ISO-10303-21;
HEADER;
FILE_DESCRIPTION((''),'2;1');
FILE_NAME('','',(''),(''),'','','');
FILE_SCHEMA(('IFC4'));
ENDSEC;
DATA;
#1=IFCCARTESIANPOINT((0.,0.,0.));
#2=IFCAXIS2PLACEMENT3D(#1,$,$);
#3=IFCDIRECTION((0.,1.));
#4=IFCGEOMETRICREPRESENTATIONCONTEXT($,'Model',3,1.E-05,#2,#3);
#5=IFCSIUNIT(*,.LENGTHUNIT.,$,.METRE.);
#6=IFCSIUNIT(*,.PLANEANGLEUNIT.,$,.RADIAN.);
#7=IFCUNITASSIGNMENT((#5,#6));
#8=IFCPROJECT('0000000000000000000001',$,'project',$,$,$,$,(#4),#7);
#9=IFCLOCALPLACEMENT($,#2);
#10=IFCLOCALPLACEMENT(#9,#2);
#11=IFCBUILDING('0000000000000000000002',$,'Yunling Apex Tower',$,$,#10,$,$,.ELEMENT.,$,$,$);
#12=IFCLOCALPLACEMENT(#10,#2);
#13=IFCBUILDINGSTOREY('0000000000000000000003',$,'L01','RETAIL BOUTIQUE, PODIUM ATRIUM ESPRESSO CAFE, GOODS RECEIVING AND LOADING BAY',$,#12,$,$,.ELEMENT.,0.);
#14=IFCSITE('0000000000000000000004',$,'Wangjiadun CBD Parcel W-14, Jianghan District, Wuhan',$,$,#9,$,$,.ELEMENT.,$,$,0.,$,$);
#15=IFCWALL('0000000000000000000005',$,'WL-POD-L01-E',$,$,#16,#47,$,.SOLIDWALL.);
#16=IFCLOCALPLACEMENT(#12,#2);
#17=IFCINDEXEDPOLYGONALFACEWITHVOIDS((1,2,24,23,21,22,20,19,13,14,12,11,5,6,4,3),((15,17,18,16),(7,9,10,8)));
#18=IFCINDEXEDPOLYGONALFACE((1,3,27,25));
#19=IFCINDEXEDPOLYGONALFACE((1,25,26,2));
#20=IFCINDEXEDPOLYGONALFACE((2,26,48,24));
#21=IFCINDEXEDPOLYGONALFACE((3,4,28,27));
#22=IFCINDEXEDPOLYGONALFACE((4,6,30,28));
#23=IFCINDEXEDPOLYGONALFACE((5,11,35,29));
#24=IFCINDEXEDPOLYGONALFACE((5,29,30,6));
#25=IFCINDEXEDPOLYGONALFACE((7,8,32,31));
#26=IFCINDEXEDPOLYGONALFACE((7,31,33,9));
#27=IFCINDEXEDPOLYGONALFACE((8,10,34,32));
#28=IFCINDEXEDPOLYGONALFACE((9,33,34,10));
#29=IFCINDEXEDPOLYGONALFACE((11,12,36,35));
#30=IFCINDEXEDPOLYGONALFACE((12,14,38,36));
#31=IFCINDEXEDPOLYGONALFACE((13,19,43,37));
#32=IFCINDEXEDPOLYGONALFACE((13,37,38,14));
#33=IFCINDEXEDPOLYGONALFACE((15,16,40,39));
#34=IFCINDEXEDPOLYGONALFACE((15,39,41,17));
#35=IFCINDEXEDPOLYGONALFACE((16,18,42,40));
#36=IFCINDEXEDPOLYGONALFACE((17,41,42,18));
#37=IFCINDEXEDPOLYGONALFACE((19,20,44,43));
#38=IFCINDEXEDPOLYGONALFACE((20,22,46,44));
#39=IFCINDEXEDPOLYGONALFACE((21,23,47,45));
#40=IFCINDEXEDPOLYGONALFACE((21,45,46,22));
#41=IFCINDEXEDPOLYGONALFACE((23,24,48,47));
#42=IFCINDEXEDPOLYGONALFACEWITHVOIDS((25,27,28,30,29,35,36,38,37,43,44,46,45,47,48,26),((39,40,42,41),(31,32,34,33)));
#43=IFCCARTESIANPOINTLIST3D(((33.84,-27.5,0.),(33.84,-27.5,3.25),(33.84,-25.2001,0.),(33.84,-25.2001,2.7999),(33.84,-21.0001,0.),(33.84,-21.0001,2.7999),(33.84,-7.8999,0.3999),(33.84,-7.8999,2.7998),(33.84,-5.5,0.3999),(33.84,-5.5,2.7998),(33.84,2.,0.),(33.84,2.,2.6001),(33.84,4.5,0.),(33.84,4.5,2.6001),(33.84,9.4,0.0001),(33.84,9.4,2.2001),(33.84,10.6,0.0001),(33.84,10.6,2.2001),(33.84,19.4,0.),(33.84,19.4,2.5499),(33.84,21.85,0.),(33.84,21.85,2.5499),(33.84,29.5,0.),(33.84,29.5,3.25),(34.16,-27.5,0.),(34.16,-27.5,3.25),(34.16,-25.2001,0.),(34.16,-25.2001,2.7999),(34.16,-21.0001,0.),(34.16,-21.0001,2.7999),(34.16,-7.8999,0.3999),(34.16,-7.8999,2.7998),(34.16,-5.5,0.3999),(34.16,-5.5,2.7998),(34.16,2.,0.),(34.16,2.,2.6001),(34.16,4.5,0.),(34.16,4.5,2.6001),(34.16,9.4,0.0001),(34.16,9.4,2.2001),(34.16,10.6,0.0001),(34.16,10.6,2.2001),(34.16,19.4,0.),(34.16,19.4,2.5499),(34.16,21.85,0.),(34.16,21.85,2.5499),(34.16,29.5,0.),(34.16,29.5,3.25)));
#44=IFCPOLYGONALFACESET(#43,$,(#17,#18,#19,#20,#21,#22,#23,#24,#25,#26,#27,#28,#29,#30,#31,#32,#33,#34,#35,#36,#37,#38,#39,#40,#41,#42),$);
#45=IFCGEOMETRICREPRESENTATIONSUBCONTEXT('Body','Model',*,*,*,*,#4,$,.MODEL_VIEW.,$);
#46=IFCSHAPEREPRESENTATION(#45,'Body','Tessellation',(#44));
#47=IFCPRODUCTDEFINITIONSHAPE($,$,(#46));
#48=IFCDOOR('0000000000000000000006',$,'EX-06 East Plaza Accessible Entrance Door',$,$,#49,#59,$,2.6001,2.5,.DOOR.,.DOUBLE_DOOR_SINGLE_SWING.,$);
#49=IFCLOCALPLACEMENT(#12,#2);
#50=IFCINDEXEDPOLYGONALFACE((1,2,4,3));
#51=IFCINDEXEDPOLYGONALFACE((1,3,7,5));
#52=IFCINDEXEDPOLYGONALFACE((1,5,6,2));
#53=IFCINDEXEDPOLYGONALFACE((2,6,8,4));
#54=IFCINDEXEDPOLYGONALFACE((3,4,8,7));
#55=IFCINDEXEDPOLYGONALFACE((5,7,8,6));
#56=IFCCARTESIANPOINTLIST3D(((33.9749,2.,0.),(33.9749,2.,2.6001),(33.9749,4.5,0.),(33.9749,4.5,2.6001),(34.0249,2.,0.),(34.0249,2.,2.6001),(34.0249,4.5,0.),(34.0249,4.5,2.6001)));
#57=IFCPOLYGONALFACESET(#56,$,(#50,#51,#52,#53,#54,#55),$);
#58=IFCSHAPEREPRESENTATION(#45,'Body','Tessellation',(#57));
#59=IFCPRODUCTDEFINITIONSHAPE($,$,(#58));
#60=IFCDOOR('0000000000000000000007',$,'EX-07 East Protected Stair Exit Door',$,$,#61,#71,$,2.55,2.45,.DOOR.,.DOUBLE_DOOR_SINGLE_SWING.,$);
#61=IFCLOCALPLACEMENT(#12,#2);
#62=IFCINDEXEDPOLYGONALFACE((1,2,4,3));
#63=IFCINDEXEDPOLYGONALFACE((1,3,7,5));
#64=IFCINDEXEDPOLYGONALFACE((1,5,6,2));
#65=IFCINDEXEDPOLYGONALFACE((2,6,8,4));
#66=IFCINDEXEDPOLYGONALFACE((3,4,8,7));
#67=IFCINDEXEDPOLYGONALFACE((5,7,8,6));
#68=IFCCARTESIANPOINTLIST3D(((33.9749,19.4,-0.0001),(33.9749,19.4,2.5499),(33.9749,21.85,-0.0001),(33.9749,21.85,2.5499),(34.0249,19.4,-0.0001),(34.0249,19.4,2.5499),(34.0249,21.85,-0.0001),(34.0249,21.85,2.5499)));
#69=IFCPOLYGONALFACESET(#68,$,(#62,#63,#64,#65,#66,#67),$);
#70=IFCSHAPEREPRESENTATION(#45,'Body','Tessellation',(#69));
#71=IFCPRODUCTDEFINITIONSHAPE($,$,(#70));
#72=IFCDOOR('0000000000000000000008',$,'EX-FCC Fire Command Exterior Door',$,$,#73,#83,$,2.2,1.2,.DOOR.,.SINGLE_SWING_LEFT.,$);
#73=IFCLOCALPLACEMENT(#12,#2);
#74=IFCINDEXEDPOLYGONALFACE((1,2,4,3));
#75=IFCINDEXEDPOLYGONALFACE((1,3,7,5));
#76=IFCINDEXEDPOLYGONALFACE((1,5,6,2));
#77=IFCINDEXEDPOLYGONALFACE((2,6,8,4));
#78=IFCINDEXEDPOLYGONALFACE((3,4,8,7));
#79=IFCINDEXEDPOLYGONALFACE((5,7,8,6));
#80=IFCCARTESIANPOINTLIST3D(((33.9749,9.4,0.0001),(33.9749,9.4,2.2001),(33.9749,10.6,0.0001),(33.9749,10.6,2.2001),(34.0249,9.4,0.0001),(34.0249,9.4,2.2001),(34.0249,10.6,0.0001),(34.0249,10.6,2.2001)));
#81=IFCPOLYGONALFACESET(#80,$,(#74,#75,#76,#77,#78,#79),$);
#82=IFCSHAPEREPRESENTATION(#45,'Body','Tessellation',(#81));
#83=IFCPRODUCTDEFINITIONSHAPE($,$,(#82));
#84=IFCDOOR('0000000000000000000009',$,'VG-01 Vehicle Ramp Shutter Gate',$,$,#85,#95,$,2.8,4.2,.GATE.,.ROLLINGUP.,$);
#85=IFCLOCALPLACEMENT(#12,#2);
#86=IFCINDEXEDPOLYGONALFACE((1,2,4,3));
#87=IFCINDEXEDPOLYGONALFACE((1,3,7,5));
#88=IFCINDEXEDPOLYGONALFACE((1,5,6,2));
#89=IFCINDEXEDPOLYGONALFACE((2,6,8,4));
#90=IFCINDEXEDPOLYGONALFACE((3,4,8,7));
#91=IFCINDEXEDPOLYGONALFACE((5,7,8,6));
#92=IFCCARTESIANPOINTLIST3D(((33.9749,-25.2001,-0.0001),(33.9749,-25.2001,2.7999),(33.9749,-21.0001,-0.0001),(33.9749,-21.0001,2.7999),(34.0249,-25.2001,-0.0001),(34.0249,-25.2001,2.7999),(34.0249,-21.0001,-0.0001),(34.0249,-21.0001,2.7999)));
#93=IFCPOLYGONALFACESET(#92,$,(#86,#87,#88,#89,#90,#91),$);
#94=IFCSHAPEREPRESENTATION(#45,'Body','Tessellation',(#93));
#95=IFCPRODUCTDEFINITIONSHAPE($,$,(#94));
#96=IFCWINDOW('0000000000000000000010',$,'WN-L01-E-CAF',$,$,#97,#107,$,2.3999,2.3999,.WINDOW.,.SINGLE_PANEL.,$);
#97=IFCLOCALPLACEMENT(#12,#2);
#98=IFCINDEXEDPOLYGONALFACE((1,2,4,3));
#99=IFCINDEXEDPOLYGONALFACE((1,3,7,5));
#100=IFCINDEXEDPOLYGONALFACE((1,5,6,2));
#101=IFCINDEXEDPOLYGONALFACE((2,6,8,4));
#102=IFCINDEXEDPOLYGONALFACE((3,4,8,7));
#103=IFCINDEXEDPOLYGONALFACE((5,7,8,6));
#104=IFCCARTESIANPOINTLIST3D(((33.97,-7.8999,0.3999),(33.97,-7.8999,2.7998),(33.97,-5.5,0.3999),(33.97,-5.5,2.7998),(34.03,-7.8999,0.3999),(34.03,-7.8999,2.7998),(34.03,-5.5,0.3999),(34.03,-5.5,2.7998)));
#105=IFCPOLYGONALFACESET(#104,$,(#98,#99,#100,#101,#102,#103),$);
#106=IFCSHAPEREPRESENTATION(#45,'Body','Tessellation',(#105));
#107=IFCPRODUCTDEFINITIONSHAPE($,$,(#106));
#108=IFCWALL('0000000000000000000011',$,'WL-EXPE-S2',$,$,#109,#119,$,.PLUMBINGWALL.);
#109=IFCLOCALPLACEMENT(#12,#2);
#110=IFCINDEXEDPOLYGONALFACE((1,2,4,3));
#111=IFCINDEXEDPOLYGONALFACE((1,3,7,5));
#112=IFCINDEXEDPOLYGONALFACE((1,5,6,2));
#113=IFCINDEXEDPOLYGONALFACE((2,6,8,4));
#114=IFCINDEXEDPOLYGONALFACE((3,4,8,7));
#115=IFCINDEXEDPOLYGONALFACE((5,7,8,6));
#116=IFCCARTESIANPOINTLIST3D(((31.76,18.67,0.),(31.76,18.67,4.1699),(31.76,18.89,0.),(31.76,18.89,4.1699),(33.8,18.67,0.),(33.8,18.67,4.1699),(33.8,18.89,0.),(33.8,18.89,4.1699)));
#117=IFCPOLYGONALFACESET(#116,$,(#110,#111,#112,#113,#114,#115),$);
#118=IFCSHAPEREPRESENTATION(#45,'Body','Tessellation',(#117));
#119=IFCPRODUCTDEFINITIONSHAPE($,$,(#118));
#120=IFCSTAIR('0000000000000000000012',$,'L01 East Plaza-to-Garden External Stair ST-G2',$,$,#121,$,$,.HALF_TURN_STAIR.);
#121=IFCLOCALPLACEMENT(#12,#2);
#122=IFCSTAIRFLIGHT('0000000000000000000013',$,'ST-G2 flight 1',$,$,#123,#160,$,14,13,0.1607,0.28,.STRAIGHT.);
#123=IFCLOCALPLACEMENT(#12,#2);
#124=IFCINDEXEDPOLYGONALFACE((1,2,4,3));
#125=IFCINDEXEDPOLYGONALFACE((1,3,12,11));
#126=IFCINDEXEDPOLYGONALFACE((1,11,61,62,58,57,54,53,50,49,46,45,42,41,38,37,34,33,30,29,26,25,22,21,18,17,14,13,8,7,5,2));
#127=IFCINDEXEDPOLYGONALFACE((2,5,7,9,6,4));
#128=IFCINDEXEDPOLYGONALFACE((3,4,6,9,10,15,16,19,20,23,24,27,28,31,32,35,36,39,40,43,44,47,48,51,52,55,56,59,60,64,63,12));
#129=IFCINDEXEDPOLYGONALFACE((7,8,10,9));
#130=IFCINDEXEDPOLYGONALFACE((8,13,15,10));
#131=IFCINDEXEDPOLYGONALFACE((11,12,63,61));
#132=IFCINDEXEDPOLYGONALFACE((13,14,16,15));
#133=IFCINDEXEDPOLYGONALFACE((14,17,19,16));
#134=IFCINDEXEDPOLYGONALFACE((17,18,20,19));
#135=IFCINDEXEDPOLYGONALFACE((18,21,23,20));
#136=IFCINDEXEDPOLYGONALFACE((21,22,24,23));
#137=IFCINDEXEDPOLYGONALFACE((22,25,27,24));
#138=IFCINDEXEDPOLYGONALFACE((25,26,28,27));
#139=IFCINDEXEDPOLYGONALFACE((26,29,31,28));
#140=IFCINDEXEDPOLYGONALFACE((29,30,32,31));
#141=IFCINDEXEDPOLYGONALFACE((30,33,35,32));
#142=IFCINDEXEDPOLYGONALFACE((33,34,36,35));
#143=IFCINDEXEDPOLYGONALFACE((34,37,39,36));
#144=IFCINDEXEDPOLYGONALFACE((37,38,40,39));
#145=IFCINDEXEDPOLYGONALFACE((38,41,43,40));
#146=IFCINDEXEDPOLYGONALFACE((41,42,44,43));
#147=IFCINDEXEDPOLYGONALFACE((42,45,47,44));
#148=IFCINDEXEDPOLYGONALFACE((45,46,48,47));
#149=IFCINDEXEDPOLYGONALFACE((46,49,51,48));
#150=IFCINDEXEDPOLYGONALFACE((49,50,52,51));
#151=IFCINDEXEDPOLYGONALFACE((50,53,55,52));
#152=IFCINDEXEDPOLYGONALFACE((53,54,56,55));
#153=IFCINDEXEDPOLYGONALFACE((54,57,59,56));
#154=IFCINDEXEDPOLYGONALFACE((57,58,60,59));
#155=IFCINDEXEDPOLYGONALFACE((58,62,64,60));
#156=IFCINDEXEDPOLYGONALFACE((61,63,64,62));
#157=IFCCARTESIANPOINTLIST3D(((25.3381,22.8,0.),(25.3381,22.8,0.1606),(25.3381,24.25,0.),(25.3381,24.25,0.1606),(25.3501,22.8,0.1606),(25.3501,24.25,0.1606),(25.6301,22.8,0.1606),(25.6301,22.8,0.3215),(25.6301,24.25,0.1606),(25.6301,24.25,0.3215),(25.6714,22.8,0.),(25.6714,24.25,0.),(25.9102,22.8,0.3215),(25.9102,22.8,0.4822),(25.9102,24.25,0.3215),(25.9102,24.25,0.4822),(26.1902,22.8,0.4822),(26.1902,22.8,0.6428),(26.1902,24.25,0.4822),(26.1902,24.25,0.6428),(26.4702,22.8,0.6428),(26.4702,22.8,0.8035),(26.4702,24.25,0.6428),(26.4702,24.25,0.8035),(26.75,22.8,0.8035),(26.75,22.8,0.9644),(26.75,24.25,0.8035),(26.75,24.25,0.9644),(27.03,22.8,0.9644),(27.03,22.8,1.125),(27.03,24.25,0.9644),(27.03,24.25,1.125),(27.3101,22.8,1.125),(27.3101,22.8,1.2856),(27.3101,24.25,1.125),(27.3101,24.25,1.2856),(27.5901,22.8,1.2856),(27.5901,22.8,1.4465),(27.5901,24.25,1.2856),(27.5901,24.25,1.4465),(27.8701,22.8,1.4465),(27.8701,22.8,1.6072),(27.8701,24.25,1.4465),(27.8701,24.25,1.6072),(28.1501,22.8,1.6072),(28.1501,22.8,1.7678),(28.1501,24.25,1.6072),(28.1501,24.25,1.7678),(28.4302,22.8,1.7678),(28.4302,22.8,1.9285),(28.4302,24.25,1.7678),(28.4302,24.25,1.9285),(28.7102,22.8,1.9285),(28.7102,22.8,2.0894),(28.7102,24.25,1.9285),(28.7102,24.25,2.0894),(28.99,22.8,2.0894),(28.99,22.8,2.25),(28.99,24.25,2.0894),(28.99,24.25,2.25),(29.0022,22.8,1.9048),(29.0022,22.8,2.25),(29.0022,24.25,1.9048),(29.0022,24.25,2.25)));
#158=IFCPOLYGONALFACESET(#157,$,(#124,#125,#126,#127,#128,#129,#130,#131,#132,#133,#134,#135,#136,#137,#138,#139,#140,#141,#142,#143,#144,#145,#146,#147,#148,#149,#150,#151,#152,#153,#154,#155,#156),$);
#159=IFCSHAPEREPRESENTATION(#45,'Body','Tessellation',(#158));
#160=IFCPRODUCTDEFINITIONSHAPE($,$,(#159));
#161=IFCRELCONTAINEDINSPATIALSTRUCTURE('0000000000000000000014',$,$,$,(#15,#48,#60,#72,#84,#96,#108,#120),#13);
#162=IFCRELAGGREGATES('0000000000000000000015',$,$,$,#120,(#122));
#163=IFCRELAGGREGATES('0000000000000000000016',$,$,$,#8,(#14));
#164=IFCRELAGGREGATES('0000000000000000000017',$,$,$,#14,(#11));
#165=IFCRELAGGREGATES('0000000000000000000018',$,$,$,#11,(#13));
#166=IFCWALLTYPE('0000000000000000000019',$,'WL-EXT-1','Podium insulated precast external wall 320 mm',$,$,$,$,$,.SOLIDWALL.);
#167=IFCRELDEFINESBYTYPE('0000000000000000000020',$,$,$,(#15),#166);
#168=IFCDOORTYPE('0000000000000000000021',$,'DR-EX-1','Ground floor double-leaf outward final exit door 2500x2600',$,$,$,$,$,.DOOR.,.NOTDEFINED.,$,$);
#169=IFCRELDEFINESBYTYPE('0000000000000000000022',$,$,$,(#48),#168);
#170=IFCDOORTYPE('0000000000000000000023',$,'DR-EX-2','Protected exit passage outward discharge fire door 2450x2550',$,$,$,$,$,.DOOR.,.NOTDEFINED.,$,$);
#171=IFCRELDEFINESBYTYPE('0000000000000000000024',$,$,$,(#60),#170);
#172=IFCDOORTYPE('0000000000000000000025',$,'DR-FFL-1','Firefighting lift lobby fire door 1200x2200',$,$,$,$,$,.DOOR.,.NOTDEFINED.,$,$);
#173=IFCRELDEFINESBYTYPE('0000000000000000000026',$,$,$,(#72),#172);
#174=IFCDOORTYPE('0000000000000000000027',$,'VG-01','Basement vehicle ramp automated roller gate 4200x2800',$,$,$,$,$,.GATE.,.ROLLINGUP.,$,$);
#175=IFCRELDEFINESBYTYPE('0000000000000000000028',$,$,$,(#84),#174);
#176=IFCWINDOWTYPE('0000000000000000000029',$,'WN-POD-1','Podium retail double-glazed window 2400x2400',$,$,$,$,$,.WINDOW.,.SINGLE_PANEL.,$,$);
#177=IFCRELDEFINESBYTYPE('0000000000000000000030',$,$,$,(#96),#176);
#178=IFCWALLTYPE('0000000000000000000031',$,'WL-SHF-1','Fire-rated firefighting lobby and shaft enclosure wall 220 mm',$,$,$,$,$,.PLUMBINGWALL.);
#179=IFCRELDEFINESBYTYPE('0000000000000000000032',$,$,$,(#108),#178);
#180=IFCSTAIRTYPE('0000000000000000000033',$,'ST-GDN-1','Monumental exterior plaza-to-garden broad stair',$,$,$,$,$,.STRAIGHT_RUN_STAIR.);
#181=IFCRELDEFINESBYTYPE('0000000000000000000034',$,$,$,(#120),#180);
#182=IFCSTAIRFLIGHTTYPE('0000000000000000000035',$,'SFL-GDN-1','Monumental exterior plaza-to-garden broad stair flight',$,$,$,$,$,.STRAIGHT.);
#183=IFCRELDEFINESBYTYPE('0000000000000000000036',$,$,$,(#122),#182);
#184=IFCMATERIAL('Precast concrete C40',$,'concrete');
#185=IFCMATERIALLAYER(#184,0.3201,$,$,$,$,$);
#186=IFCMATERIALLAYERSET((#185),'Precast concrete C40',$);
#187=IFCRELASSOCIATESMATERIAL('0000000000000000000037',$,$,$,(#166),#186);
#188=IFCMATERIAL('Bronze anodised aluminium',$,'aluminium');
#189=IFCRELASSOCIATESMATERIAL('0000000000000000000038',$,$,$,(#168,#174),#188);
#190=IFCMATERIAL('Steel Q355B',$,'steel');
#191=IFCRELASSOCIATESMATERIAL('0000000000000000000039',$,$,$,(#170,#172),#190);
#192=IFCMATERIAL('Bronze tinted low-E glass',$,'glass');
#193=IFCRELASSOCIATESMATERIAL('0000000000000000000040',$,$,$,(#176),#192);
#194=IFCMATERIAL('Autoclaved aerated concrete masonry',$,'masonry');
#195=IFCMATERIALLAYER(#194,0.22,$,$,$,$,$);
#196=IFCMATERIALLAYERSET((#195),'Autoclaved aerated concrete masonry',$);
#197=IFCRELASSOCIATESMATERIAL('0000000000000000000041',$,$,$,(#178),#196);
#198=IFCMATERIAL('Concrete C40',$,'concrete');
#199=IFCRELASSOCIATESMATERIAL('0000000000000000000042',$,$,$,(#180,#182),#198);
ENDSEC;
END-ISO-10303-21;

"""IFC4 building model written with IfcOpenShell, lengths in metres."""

from ifc_helpers import new_model, si_unit, direction, frame, frame_2d, origin, place, context, subcontext, project, spatial, polyline, rectangle, outline, extrude, material, layer, layer_set, type_object, element, fill, aggregate, save


model = new_model("IFC4")

# Units and contexts
model_context = context("Model", 3, precision=1e-05, world=origin(), true_north=direction((0.0, 1.0)))
body_context = subcontext(model_context, "Body", "Model", "MODEL_VIEW")
ifc_project = project(units=[si_unit("LENGTHUNIT", "METRE"), si_unit("PLANEANGLEUNIT", "RADIAN")], contexts=[model_context])

# Site, building, storey
site_placement = place(None, origin())
site = spatial("IfcSite", under=ifc_project, at=site_placement, Name="Wangjiadun CBD Parcel W-14, Jianghan District, Wuhan", CompositionType="ELEMENT", RefElevation=0.0)
building_placement = place(site_placement, origin())
building = spatial("IfcBuilding", under=site, at=building_placement, Name="Yunling Apex Tower", CompositionType="ELEMENT")
storey_placement = place(building_placement, origin())
storey = spatial("IfcBuildingStorey", under=building, at=storey_placement, Name="L01", Description="RETAIL BOUTIQUE, PODIUM ATRIUM ESPRESSO CAFE, GOODS RECEIVING AND LOADING BAY", CompositionType="ELEMENT", Elevation=0.0)

# Shared definitions
ifc_material_1 = material(Name="Steel Q355B", Category="steel")

# Shared definitions
ifc_material_2 = material(Name="Concrete C40", Category="concrete")

# Wall, openings, doors, window
ifc_material_3 = material(Name="Precast concrete C40", Category="concrete")
ifc_layer_1 = layer(ifc_material_3, 0.3201)
ifc_layer_set_1 = layer_set([ifc_layer_1], Name="Precast concrete C40")
wall_type_1 = type_object("IfcWallType", Name="WL-EXT-1", Description="Podium insulated precast external wall 320 mm", PredefinedType="SOLIDWALL", material=ifc_layer_set_1)
wall_1_placement = place(storey_placement, frame((34.0, 29.5, 0.0), z_axis=(0.0, 0.0, 1.0), x_axis=(0.0, -1.0, 0.0)))
wall_1 = element("IfcWall", 1, at=wall_1_placement, inside=storey, type_object=wall_type_1, Name="WL-POD-L01-E", PredefinedType="SOLIDWALL", context=body_context, shape_type="SweptSolid", body=[
    extrude(rectangle(XDim=57.0, YDim=0.3201, at=frame_2d((28.5, 0.0))), origin(), (0.0, 0.0, 1.0), 3.25),
])
opening_1_placement = place(wall_1_placement, frame((7.6499, 0.0, 0.0)))
opening_1 = element("IfcOpeningElement", 2, at=opening_1_placement, cuts=wall_1, PredefinedType="OPENING", context=body_context, shape_type="SweptSolid", body=[
    extrude(rectangle(XDim=2.45, YDim=2.55, at=frame_2d((1.2251, 1.2749))), frame((0.0, 0.1699, 0.0), z_axis=(0.0, -1.0, 0.0), x_axis=(1.0, 0.0, 0.0)), (0.0, 0.0, 1.0), 0.3401),
])
opening_2_placement = place(wall_1_placement, frame((25.0, 0.0, 0.0)))
opening_2 = element("IfcOpeningElement", 3, at=opening_2_placement, cuts=wall_1, PredefinedType="OPENING", context=body_context, shape_type="SweptSolid", body=[
    extrude(rectangle(XDim=2.5, YDim=2.6001, at=frame_2d((1.25, 1.3))), frame((0.0, 0.1699, 0.0), z_axis=(0.0, -1.0, 0.0), x_axis=(1.0, 0.0, 0.0)), (0.0, 0.0, 1.0), 0.3401),
])
opening_3_placement = place(wall_1_placement, frame((18.8999, 0.0, 0.0)))
opening_3 = element("IfcOpeningElement", 4, at=opening_3_placement, cuts=wall_1, PredefinedType="OPENING", context=body_context, shape_type="SweptSolid", body=[
    extrude(rectangle(XDim=1.2, YDim=2.2, at=frame_2d((0.6001, 1.1001))), frame((0.0, 0.1699, 0.0), z_axis=(0.0, -1.0, 0.0), x_axis=(1.0, 0.0, 0.0)), (0.0, 0.0, 1.0), 0.3401),
])
opening_4_placement = place(wall_1_placement, frame((50.5, 0.0, 0.0)))
opening_4 = element("IfcOpeningElement", 5, at=opening_4_placement, cuts=wall_1, PredefinedType="OPENING", context=body_context, shape_type="SweptSolid", body=[
    extrude(rectangle(XDim=4.2, YDim=2.8, at=frame_2d((2.1001, 1.3999))), frame((0.0, 0.1699, 0.0), z_axis=(0.0, -1.0, 0.0), x_axis=(1.0, 0.0, 0.0)), (0.0, 0.0, 1.0), 0.3401),
])
opening_5_placement = place(wall_1_placement, frame((35.0, 0.0, 0.3999)))
opening_5 = element("IfcOpeningElement", 6, at=opening_5_placement, cuts=wall_1, PredefinedType="OPENING", context=body_context, shape_type="SweptSolid", body=[
    extrude(rectangle(XDim=2.3999, YDim=2.3999, at=frame_2d((1.2, 1.2))), frame((0.0, 0.1699, 0.0), z_axis=(0.0, -1.0, 0.0), x_axis=(1.0, 0.0, 0.0)), (0.0, 0.0, 1.0), 0.3401),
])
ifc_material_4 = material(Name="Bronze anodised aluminium", Category="aluminium")
door_type_1 = type_object("IfcDoorType", Name="DR-EX-1", Description="Ground floor double-leaf outward final exit door 2500x2600", OperationType="NOTDEFINED", PredefinedType="DOOR", material=ifc_material_4)
door_1_placement = place(opening_2_placement, origin())
door_1 = element("IfcDoor", 7, at=door_1_placement, inside=storey, type_object=door_type_1, Name="EX-06 East Plaza Accessible Entrance Door", OperationType="DOUBLE_DOOR_SINGLE_SWING", OverallHeight=2.6001, OverallWidth=2.5, PredefinedType="DOOR", context=body_context, shape_type="SweptSolid", body=[
    extrude(rectangle(XDim=2.5, YDim=2.6001, at=frame_2d((1.25, 1.3))), frame((0.0, 0.0249, 0.0), z_axis=(0.0, -1.0, 0.0), x_axis=(1.0, 0.0, 0.0)), (0.0, 0.0, 1.0), 0.05),
])
fill(opening_2, door_1)
door_type_2 = type_object("IfcDoorType", Name="DR-EX-2", Description="Protected exit passage outward discharge fire door 2450x2550", OperationType="NOTDEFINED", PredefinedType="DOOR", material=ifc_material_1)
door_2_placement = place(opening_1_placement, origin())
door_2 = element("IfcDoor", 8, at=door_2_placement, inside=storey, type_object=door_type_2, Name="EX-07 East Protected Stair Exit Door", OperationType="DOUBLE_DOOR_SINGLE_SWING", OverallHeight=2.55, OverallWidth=2.45, PredefinedType="DOOR", context=body_context, shape_type="SweptSolid", body=[
    extrude(rectangle(XDim=2.45, YDim=2.55, at=frame_2d((1.2251, 1.2749))), frame((0.0, 0.0249, 0.0), z_axis=(0.0, -1.0, 0.0), x_axis=(1.0, 0.0, 0.0)), (0.0, 0.0, 1.0), 0.05),
])
fill(opening_1, door_2)
door_type_3 = type_object("IfcDoorType", Name="DR-FFL-1", Description="Firefighting lift lobby fire door 1200x2200", OperationType="NOTDEFINED", PredefinedType="DOOR", material=ifc_material_1)
door_3_placement = place(opening_3_placement, origin())
door_3 = element("IfcDoor", 9, at=door_3_placement, inside=storey, type_object=door_type_3, Name="EX-FCC Fire Command Exterior Door", OperationType="SINGLE_SWING_LEFT", OverallHeight=2.2, OverallWidth=1.2, PredefinedType="DOOR", context=body_context, shape_type="SweptSolid", body=[
    extrude(rectangle(XDim=1.2, YDim=2.2, at=frame_2d((0.6001, 1.1001))), frame((0.0, 0.0249, 0.0), z_axis=(0.0, -1.0, 0.0), x_axis=(1.0, 0.0, 0.0)), (0.0, 0.0, 1.0), 0.05),
])
fill(opening_3, door_3)
door_type_4 = type_object("IfcDoorType", Name="VG-01", Description="Basement vehicle ramp automated roller gate 4200x2800", OperationType="ROLLINGUP", PredefinedType="GATE", material=ifc_material_4)
door_4_placement = place(opening_4_placement, origin())
door_4 = element("IfcDoor", 10, at=door_4_placement, inside=storey, type_object=door_type_4, Name="VG-01 Vehicle Ramp Shutter Gate", OperationType="ROLLINGUP", OverallHeight=2.8, OverallWidth=4.2, PredefinedType="GATE", context=body_context, shape_type="SweptSolid", body=[
    extrude(rectangle(XDim=4.2, YDim=2.8, at=frame_2d((2.1001, 1.3999))), frame((0.0, 0.0249, 0.0), z_axis=(0.0, -1.0, 0.0), x_axis=(1.0, 0.0, 0.0)), (0.0, 0.0, 1.0), 0.05),
])
fill(opening_4, door_4)
ifc_material_5 = material(Name="Bronze tinted low-E glass", Category="glass")
window_type = type_object("IfcWindowType", Name="WN-POD-1", Description="Podium retail double-glazed window 2400x2400", PartitioningType="SINGLE_PANEL", PredefinedType="WINDOW", material=ifc_material_5)
window_placement = place(opening_5_placement, origin())
window = element("IfcWindow", 11, at=window_placement, inside=storey, type_object=window_type, Name="WN-L01-E-CAF", OverallHeight=2.3999, OverallWidth=2.3999, PartitioningType="SINGLE_PANEL", PredefinedType="WINDOW", context=body_context, shape_type="SweptSolid", body=[
    extrude(rectangle(XDim=2.3999, YDim=2.3999, at=frame_2d((1.2, 1.2))), frame((0.0, 0.03, 0.0), z_axis=(0.0, -1.0, 0.0), x_axis=(1.0, 0.0, 0.0)), (0.0, 0.0, 1.0), 0.0601),
])
fill(opening_5, window)

# Shared definitions
ifc_material_6 = material(Name="Autoclaved aerated concrete masonry", Category="masonry")
ifc_layer_2 = layer(ifc_material_6, 0.22)
ifc_layer_set_2 = layer_set([ifc_layer_2], Name="Autoclaved aerated concrete masonry")
wall_type_2 = type_object("IfcWallType", Name="WL-SHF-1", Description="Fire-rated firefighting lobby and shaft enclosure wall 220 mm", PredefinedType="PLUMBINGWALL", material=ifc_layer_set_2)

# Wall
wall_2_placement = place(storey_placement, frame((31.76, 18.78, 0.0), z_axis=(0.0, 0.0, 1.0), x_axis=(1.0, 0.0, 0.0)))
element("IfcWall", 12, at=wall_2_placement, inside=storey, type_object=wall_type_2, Name="WL-EXPE-S2", PredefinedType="PLUMBINGWALL", context=body_context, shape_type="SweptSolid", body=[
    extrude(rectangle(XDim=2.04, YDim=0.22, at=frame_2d((1.02, 0.0))), origin(), (0.0, 0.0, 1.0), 4.1699),
])

# Stair, stair flight
stair_type = type_object("IfcStairType", Name="ST-GDN-1", Description="Monumental exterior plaza-to-garden broad stair", PredefinedType="STRAIGHT_RUN_STAIR", material=ifc_material_2)
stair_placement = place(storey_placement, origin())
stair = element("IfcStair", 13, at=stair_placement, inside=storey, type_object=stair_type, Name="L01 East Plaza-to-Garden External Stair ST-G2", PredefinedType="HALF_TURN_STAIR")
stair_flight_type = type_object("IfcStairFlightType", Name="SFL-GDN-1", Description="Monumental exterior plaza-to-garden broad stair flight", PredefinedType="STRAIGHT", material=ifc_material_2)
stair_flight_1_placement = place(storey_placement, frame((25.3501, 23.5249, 0.0), z_axis=(0.0, 0.0, 1.0), x_axis=(1.0, 0.0, 0.0)))
stair_flight_1 = element("IfcStairFlight", 14, at=stair_flight_1_placement, type_object=stair_flight_type, Name="ST-G2 flight 1", NumberOfRisers=14, NumberOfTreads=13, PredefinedType="STRAIGHT", RiserHeight=0.1607, TreadLength=0.28, context=body_context, shape_type="SweptSolid", body=[
    extrude(outline(polyline([(-0.012, 0.0), (-0.012, 0.1606), (0.0, 0.1606), (0.28, 0.1606), (0.28, 0.3215), (0.5601, 0.3215), (0.5601, 0.4822), (0.8401, 0.4822), (0.8401, 0.6428), (1.1201, 0.6428), (1.1201, 0.8035), (1.3999, 0.8035), (1.3999, 0.9644), (1.6799, 0.9644), (1.6799, 1.125), (1.96, 1.125), (1.96, 1.2856), (2.24, 1.2856), (2.24, 1.4465), (2.52, 1.4465), (2.52, 1.6072), (2.8, 1.6072), (2.8, 1.7678), (3.0801, 1.7678), (3.0801, 1.9285), (3.3601, 1.9285), (3.3601, 2.0894), (3.6399, 2.0894), (3.6399, 2.25), (3.6521, 2.25), (3.6521, 1.9048), (0.3213, 0.0), (-0.012, 0.0)])), frame((0.0, 0.7251, 0.0), z_axis=(0.0, -1.0, 0.0), x_axis=(1.0, 0.0, 0.0)), (0.0, 0.0, 1.0), 1.45),
])
aggregate(stair, [stair_flight_1])

save(model, "model.ifc")
